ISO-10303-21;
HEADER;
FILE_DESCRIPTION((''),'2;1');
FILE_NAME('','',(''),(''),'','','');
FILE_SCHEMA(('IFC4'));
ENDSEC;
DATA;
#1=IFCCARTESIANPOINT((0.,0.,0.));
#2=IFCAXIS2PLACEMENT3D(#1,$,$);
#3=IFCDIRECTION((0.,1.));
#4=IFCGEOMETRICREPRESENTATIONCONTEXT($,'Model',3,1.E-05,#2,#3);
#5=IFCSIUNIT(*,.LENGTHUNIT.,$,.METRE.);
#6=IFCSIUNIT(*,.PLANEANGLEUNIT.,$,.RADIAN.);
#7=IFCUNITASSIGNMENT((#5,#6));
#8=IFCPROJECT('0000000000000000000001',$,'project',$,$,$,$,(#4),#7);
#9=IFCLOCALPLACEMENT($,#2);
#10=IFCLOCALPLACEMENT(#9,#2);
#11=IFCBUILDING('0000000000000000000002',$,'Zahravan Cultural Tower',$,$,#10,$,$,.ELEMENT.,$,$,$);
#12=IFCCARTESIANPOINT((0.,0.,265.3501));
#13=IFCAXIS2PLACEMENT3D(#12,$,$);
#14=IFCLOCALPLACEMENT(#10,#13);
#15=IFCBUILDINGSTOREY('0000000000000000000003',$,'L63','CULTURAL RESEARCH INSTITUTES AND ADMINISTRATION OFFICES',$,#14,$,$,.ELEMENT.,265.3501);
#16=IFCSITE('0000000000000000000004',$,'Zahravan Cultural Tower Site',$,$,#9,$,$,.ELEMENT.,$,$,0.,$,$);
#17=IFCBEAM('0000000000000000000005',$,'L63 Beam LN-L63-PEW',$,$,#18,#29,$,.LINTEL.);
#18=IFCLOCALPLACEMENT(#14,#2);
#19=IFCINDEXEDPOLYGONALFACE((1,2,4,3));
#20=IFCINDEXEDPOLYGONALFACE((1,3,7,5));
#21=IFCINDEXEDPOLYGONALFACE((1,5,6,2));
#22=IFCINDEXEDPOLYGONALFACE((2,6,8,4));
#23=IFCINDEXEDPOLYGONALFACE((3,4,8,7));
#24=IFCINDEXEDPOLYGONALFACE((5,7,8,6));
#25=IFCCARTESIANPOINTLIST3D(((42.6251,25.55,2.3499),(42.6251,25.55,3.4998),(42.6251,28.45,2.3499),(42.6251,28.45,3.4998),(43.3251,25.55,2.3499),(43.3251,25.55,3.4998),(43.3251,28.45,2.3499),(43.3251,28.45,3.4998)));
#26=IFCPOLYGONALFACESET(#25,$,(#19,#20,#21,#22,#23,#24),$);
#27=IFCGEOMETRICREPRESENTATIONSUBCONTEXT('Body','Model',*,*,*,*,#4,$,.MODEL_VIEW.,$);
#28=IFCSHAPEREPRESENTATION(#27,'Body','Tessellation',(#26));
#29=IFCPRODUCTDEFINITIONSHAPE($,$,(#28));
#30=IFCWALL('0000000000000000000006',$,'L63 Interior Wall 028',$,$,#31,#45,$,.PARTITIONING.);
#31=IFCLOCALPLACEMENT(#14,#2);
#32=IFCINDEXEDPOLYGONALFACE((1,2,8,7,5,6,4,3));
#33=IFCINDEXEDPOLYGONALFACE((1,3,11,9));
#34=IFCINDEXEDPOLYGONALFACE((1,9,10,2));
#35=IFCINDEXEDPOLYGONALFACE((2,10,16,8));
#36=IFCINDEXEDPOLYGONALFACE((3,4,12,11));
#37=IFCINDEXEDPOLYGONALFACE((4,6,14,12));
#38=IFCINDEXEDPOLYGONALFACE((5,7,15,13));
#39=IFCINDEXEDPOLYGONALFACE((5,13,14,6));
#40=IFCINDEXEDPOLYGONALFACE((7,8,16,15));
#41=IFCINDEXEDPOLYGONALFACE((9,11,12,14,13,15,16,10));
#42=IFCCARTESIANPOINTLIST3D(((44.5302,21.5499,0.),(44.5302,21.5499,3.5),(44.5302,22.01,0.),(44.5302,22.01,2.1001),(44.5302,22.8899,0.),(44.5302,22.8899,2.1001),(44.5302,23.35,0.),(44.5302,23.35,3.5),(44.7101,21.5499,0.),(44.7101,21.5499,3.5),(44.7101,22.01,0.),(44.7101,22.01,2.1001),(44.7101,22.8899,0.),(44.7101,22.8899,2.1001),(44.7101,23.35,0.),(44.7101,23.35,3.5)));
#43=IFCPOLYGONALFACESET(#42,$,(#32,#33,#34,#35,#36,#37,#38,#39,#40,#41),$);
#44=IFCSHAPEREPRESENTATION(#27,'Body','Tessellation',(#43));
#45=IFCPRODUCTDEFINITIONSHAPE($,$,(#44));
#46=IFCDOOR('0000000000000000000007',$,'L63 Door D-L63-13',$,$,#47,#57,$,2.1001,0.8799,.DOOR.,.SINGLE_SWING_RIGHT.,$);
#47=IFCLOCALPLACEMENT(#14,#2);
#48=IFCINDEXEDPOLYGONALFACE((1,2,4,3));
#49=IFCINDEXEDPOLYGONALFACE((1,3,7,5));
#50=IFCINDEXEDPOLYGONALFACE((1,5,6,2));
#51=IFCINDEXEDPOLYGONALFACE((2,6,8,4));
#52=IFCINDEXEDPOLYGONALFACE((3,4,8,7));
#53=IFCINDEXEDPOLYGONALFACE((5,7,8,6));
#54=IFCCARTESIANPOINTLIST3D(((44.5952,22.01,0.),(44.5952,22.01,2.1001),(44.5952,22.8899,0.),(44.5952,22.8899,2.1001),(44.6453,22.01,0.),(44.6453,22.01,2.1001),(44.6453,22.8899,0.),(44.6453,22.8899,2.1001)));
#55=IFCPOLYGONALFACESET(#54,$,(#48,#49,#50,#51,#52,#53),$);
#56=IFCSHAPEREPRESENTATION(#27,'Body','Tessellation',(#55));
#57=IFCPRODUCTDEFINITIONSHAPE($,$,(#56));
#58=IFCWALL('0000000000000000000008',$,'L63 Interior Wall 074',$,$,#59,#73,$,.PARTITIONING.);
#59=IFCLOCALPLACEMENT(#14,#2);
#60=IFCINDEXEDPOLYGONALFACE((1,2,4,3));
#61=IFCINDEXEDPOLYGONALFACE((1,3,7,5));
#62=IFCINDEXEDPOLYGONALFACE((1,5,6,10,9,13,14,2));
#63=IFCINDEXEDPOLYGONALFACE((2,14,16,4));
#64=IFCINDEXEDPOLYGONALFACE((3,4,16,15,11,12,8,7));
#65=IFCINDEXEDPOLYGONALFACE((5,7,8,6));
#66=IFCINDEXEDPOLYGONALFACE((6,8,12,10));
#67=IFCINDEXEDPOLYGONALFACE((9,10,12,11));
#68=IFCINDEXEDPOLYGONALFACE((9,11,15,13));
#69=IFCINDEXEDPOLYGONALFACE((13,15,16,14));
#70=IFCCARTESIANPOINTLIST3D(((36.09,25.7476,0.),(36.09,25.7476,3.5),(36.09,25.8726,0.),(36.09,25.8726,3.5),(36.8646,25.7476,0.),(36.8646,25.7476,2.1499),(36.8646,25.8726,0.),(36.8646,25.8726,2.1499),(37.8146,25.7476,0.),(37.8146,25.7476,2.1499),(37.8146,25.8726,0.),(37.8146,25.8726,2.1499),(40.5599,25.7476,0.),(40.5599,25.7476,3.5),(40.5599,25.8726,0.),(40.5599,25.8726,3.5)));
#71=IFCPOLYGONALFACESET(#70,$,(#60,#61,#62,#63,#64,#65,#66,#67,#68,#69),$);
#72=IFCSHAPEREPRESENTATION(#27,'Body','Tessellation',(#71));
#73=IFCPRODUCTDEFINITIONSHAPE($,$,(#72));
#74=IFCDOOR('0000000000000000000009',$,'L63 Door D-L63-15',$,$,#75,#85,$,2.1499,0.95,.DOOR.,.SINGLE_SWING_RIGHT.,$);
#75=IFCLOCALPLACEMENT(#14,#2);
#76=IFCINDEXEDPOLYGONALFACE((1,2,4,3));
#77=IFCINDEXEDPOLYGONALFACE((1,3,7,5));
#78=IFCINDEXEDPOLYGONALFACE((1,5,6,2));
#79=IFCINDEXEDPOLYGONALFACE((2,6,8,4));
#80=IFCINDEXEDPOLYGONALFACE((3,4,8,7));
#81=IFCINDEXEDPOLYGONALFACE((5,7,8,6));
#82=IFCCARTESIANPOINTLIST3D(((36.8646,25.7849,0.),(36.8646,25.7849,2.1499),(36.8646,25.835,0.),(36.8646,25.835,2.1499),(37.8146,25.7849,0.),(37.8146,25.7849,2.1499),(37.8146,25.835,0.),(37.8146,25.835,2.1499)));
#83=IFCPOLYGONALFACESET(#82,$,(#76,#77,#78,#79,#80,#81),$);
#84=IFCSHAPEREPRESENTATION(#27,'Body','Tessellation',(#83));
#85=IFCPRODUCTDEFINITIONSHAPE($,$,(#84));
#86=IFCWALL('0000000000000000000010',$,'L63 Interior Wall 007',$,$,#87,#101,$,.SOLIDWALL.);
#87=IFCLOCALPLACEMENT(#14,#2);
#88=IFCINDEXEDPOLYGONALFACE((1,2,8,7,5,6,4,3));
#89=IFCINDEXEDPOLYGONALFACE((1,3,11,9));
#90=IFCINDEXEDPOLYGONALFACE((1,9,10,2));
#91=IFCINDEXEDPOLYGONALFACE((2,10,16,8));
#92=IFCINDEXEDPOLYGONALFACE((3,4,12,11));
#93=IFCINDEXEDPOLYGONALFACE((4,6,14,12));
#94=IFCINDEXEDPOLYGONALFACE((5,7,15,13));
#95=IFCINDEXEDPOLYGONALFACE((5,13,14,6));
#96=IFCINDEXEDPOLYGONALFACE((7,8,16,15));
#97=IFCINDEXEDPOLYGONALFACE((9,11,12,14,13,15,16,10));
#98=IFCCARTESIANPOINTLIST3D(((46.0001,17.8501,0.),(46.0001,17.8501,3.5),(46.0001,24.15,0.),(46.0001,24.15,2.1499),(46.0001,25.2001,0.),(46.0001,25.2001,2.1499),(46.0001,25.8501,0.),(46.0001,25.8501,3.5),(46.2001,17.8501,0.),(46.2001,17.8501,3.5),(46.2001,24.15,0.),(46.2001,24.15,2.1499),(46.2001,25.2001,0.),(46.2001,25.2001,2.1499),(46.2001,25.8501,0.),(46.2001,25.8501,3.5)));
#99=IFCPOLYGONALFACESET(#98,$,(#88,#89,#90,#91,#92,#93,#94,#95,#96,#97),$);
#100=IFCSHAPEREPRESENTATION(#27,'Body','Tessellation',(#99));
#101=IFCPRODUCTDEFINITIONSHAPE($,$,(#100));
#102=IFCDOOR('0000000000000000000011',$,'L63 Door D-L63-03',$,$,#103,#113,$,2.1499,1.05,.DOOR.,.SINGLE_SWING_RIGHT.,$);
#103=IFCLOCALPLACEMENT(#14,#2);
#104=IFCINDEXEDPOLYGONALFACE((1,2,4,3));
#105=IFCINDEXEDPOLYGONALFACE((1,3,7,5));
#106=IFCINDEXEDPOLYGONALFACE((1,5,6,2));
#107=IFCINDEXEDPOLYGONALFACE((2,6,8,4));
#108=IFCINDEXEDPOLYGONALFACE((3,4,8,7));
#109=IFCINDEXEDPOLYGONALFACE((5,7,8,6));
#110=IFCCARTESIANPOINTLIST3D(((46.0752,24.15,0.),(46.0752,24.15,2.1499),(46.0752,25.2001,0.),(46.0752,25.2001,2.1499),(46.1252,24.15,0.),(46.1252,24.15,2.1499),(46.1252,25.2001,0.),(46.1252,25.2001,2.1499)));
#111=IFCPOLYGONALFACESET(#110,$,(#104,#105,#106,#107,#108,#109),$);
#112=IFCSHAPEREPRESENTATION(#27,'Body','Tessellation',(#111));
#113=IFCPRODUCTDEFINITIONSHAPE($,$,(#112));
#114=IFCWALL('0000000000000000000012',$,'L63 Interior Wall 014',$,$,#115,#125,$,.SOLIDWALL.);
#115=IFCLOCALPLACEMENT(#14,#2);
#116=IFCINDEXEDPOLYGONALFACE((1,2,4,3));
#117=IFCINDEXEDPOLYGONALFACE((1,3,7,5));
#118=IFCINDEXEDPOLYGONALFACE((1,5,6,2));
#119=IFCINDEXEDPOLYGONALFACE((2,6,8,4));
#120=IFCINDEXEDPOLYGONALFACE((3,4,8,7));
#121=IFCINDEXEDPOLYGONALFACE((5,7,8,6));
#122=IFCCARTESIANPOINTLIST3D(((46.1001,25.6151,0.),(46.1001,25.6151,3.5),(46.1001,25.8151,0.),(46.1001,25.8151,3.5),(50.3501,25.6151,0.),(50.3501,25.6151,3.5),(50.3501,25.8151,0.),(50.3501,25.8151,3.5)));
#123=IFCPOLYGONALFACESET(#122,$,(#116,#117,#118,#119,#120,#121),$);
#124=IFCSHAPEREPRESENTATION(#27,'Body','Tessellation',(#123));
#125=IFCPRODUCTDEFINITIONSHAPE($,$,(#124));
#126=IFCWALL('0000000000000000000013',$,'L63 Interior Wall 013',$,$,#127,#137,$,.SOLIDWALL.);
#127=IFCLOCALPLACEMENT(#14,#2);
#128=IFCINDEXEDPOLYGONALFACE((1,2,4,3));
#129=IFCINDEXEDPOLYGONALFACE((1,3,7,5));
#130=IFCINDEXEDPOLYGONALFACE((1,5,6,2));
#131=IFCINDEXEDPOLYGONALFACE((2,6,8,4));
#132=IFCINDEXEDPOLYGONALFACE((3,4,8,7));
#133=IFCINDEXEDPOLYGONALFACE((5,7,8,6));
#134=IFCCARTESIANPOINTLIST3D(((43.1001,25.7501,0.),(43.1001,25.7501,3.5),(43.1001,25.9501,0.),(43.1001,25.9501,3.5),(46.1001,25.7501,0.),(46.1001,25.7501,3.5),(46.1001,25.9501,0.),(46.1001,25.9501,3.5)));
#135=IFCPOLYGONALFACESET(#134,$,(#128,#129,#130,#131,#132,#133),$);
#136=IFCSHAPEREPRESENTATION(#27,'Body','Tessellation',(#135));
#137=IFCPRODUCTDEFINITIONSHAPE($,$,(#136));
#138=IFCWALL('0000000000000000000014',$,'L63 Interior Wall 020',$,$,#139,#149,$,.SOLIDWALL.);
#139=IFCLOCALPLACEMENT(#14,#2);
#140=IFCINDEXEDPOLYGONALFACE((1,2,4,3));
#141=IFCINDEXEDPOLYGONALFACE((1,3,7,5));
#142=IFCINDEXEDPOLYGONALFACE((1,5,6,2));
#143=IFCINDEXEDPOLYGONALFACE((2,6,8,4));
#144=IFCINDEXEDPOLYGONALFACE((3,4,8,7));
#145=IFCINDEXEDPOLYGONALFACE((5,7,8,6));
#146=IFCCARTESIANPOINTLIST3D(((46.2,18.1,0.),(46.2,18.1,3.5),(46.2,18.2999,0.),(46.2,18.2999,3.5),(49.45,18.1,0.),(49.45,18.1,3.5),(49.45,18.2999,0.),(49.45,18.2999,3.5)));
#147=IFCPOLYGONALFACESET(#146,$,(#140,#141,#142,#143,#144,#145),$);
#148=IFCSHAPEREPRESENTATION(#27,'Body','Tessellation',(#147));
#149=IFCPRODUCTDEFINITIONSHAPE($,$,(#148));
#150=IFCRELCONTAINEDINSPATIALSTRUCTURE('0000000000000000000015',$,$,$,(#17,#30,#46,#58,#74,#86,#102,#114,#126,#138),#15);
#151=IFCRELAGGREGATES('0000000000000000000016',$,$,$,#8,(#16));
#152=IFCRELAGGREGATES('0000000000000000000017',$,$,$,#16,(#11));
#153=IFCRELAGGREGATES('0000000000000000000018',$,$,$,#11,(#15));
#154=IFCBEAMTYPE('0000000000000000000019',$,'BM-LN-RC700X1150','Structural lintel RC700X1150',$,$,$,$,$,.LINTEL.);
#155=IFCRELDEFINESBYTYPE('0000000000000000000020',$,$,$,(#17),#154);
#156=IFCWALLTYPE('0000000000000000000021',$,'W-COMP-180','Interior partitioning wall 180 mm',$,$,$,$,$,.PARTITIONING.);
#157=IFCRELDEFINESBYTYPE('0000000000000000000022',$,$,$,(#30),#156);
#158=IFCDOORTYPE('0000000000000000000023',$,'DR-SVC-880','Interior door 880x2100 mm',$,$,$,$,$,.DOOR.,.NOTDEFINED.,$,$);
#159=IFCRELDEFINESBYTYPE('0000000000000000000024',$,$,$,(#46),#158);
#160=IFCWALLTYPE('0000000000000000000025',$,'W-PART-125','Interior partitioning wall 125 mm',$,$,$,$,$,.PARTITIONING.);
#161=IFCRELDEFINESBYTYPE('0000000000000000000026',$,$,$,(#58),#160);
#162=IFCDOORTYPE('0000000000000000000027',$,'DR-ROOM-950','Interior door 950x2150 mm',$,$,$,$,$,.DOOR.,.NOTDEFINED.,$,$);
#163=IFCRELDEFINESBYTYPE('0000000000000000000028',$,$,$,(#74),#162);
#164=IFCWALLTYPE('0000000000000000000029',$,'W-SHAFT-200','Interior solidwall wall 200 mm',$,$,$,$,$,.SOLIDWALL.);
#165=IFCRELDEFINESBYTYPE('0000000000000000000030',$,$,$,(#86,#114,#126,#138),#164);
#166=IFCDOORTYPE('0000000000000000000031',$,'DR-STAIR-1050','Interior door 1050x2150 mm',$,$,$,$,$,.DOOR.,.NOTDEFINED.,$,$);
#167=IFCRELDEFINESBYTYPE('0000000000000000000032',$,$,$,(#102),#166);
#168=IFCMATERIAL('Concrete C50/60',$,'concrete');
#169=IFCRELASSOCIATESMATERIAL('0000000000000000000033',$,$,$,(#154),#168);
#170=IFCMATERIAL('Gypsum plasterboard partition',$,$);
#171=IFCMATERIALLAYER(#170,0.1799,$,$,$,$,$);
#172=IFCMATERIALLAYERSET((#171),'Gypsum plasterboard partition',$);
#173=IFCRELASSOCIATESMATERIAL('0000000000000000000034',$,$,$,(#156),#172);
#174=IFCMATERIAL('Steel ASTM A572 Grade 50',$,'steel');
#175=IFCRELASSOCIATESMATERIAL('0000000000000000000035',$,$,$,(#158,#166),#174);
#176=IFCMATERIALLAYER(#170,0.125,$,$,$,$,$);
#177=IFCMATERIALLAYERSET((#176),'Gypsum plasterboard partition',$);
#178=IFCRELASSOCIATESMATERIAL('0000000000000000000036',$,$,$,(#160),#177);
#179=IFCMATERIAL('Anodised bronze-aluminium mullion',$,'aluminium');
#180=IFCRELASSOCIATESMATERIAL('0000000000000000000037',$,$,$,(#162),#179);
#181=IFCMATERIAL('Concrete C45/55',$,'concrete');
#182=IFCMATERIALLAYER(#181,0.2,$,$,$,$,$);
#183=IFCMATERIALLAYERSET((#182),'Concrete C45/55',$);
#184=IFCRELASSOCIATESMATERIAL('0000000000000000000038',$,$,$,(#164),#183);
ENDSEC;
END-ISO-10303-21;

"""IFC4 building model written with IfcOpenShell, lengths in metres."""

from ifc_helpers import new_model, si_unit, direction, frame, frame_2d, origin, origin_2d, place, context, subcontext, project, spatial, rectangle, extrude, source, transform, mapped, material, layer, layer_set, material_profile, profile_set, type_object, element, fill, save


model = new_model("IFC4")

# Units and contexts
model_context = context("Model", 3, precision=1e-05, world=origin(), true_north=direction((0.0, 1.0)))
body_context = subcontext(model_context, "Body", "Model", "MODEL_VIEW")
ifc_project = project(units=[si_unit("LENGTHUNIT", "METRE"), si_unit("PLANEANGLEUNIT", "RADIAN")], contexts=[model_context])

# Site, building, storey
site_placement = place(None, origin())
site = spatial("IfcSite", under=ifc_project, at=site_placement, Name="Zahravan Cultural Tower Site", CompositionType="ELEMENT", RefElevation=0.0)
building_placement = place(site_placement, origin())
building = spatial("IfcBuilding", under=site, at=building_placement, Name="Zahravan Cultural Tower", CompositionType="ELEMENT")
storey_placement = place(building_placement, frame((0.0, 0.0, 265.3501)))
storey = spatial("IfcBuildingStorey", under=building, at=storey_placement, Name="L63", Description="CULTURAL RESEARCH INSTITUTES AND ADMINISTRATION OFFICES", CompositionType="ELEMENT", Elevation=265.3501)

# Beam
ifc_material_1 = material(Name="Concrete C50/60", Category="concrete")
ifc_material_profile = material_profile(ifc_material_1, rectangle(XDim=0.7, YDim=1.1499, at=origin_2d()), Name="RC700X1150")
ifc_profile_set = profile_set([ifc_material_profile], Name="Concrete C50/60")
beam_type = type_object("IfcBeamType", Name="BM-LN-RC700X1150", Description="Structural lintel RC700X1150", PredefinedType="LINTEL", material=ifc_profile_set)
shared_shape_1 = source(origin(), body_context, "Body", "SweptSolid", [
    extrude(rectangle(XDim=0.7, YDim=1.1499, at=origin_2d()), origin(), (0.0, 0.0, 1.0), 2.8999),
])
beam_placement = place(storey_placement, frame((42.9751, 25.55, 2.9248), z_axis=(0.0, 1.0, 0.0), x_axis=(-1.0, 0.0, 0.0)))
element("IfcBeam", 1, at=beam_placement, inside=storey, type_object=beam_type, Name="L63 Beam LN-L63-PEW", PredefinedType="LINTEL", context=body_context, shape_type="MappedRepresentation", body=[
    mapped(shared_shape_1, transform((0.0, 0.0, 0.0), x_axis=(1.0, 0.0, 0.0), y_axis=(0.0, 1.0, 0.0), z_axis=(0.0, 0.0, 1.0), scale=1.0)),
])

# Walls, openings, doors
ifc_material_2 = material(Name="Gypsum plasterboard partition")
ifc_layer_1 = layer(ifc_material_2, 0.1799)
ifc_layer_set_1 = layer_set([ifc_layer_1], Name="Gypsum plasterboard partition")
wall_type_1 = type_object("IfcWallType", Name="W-COMP-180", Description="Interior partitioning wall 180 mm", PredefinedType="PARTITIONING", material=ifc_layer_set_1)
wall_1_placement = place(storey_placement, frame((44.6201, 21.55, 0.0), z_axis=(0.0, 0.0, 1.0), x_axis=(0.0, 1.0, 0.0)))
wall_1 = element("IfcWall", 2, at=wall_1_placement, inside=storey, type_object=wall_type_1, Name="L63 Interior Wall 028", PredefinedType="PARTITIONING", context=body_context, shape_type="SweptSolid", body=[
    extrude(rectangle(XDim=1.8, YDim=0.1799, at=frame_2d((0.8999, 0.0))), origin(), (0.0, 0.0, 1.0), 3.5),
])
opening_1_placement = place(wall_1_placement, frame((0.46, 0.0, 0.0)))
opening_1 = element("IfcOpeningElement", 3, at=opening_1_placement, cuts=wall_1, PredefinedType="OPENING", context=body_context, shape_type="SweptSolid", body=[
    extrude(rectangle(XDim=0.8799, YDim=2.1001, at=frame_2d((0.4399, 1.05))), frame((0.0, 0.0999, 0.0), z_axis=(0.0, -1.0, 0.0), x_axis=(1.0, 0.0, 0.0)), (0.0, 0.0, 1.0), 0.2),
])
ifc_material_3 = material(Name="Steel ASTM A572 Grade 50", Category="steel")
door_type_1 = type_object("IfcDoorType", Name="DR-SVC-880", Description="Interior door 880x2100 mm", OperationType="NOTDEFINED", PredefinedType="DOOR", material=ifc_material_3)
shared_shape_2 = source(origin(), body_context, "Body", "SweptSolid", [
    extrude(rectangle(XDim=0.8799, YDim=2.1001, at=frame_2d((0.4399, 1.05))), frame((0.0, 0.0249, 0.0), z_axis=(0.0, -1.0, 0.0), x_axis=(1.0, 0.0, 0.0)), (0.0, 0.0, 1.0), 0.05),
])
door_1_placement = place(opening_1_placement, origin())
door_1 = element("IfcDoor", 4, at=door_1_placement, inside=storey, type_object=door_type_1, Name="L63 Door D-L63-13", OperationType="SINGLE_SWING_RIGHT", OverallHeight=2.1001, OverallWidth=0.8799, PredefinedType="DOOR", context=body_context, shape_type="MappedRepresentation", body=[
    mapped(shared_shape_2, transform((0.0, 0.0, 0.0), x_axis=(1.0, 0.0, 0.0), y_axis=(0.0, 1.0, 0.0), z_axis=(0.0, 0.0, 1.0), scale=1.0)),
])
fill(opening_1, door_1)
ifc_layer_2 = layer(ifc_material_2, 0.125)
ifc_layer_set_2 = layer_set([ifc_layer_2], Name="Gypsum plasterboard partition")
wall_type_2 = type_object("IfcWallType", Name="W-PART-125", Description="Interior partitioning wall 125 mm", PredefinedType="PARTITIONING", material=ifc_layer_set_2)
wall_2_placement = place(storey_placement, frame((36.0901, 25.8101, 0.0), z_axis=(0.0, 0.0, 1.0), x_axis=(1.0, 0.0, 0.0)))
wall_2 = element("IfcWall", 5, at=wall_2_placement, inside=storey, type_object=wall_type_2, Name="L63 Interior Wall 074", PredefinedType="PARTITIONING", context=body_context, shape_type="SweptSolid", body=[
    extrude(rectangle(XDim=4.47, YDim=0.125, at=frame_2d((2.2349, 0.0))), origin(), (0.0, 0.0, 1.0), 3.5),
])
opening_2_placement = place(wall_2_placement, frame((0.7744, 0.0, 0.0)))
opening_2 = element("IfcOpeningElement", 6, at=opening_2_placement, cuts=wall_2, PredefinedType="OPENING", context=body_context, shape_type="SweptSolid", body=[
    extrude(rectangle(XDim=0.95, YDim=2.1499, at=frame_2d((0.4751, 1.075))), frame((0.0, 0.0725, 0.0), z_axis=(0.0, -1.0, 0.0), x_axis=(1.0, 0.0, 0.0)), (0.0, 0.0, 1.0), 0.145),
])
ifc_material_4 = material(Name="Anodised bronze-aluminium mullion", Category="aluminium")
door_type_2 = type_object("IfcDoorType", Name="DR-ROOM-950", Description="Interior door 950x2150 mm", OperationType="NOTDEFINED", PredefinedType="DOOR", material=ifc_material_4)
shared_shape_3 = source(origin(), body_context, "Body", "SweptSolid", [
    extrude(rectangle(XDim=0.95, YDim=2.1499, at=frame_2d((0.4751, 1.075))), frame((0.0, 0.0249, 0.0), z_axis=(0.0, -1.0, 0.0), x_axis=(1.0, 0.0, 0.0)), (0.0, 0.0, 1.0), 0.05),
])
door_2_placement = place(opening_2_placement, origin())
door_2 = element("IfcDoor", 7, at=door_2_placement, inside=storey, type_object=door_type_2, Name="L63 Door D-L63-15", OperationType="SINGLE_SWING_RIGHT", OverallHeight=2.1499, OverallWidth=0.95, PredefinedType="DOOR", context=body_context, shape_type="MappedRepresentation", body=[
    mapped(shared_shape_3, transform((0.0, 0.0, 0.0), x_axis=(1.0, 0.0, 0.0), y_axis=(0.0, 1.0, 0.0), z_axis=(0.0, 0.0, 1.0), scale=1.0)),
])
fill(opening_2, door_2)
ifc_material_5 = material(Name="Concrete C45/55", Category="concrete")
ifc_layer_3 = layer(ifc_material_5, 0.2)
ifc_layer_set_3 = layer_set([ifc_layer_3], Name="Concrete C45/55")
wall_type_3 = type_object("IfcWallType", Name="W-SHAFT-200", Description="Interior solidwall wall 200 mm", PredefinedType="SOLIDWALL", material=ifc_layer_set_3)
wall_3_placement = place(storey_placement, frame((46.1001, 17.8501, 0.0), z_axis=(0.0, 0.0, 1.0), x_axis=(0.0, 1.0, 0.0)))
wall_3 = element("IfcWall", 8, at=wall_3_placement, inside=storey, type_object=wall_type_3, Name="L63 Interior Wall 007", PredefinedType="SOLIDWALL", context=body_context, shape_type="SweptSolid", body=[
    extrude(rectangle(XDim=8.0, YDim=0.2, at=frame_2d((4.0, 0.0))), origin(), (0.0, 0.0, 1.0), 3.5),
])
opening_3_placement = place(wall_3_placement, frame((6.3, 0.0, 0.0)))
opening_3 = element("IfcOpeningElement", 9, at=opening_3_placement, cuts=wall_3, PredefinedType="OPENING", context=body_context, shape_type="SweptSolid", body=[
    extrude(rectangle(XDim=1.05, YDim=2.1499, at=frame_2d((0.5249, 1.075))), frame((0.0, 0.1099, 0.0), z_axis=(0.0, -1.0, 0.0), x_axis=(1.0, 0.0, 0.0)), (0.0, 0.0, 1.0), 0.22),
])
door_type_3 = type_object("IfcDoorType", Name="DR-STAIR-1050", Description="Interior door 1050x2150 mm", OperationType="NOTDEFINED", PredefinedType="DOOR", material=ifc_material_3)
shared_shape_4 = source(origin(), body_context, "Body", "SweptSolid", [
    extrude(rectangle(XDim=1.05, YDim=2.1499, at=frame_2d((0.5249, 1.075))), frame((0.0, 0.0249, 0.0), z_axis=(0.0, -1.0, 0.0), x_axis=(1.0, 0.0, 0.0)), (0.0, 0.0, 1.0), 0.05),
])
door_3_placement = place(opening_3_placement, origin())
door_3 = element("IfcDoor", 10, at=door_3_placement, inside=storey, type_object=door_type_3, Name="L63 Door D-L63-03", OperationType="SINGLE_SWING_RIGHT", OverallHeight=2.1499, OverallWidth=1.05, PredefinedType="DOOR", context=body_context, shape_type="MappedRepresentation", body=[
    mapped(shared_shape_4, transform((0.0, 0.0, 0.0), x_axis=(1.0, 0.0, 0.0), y_axis=(0.0, 1.0, 0.0), z_axis=(0.0, 0.0, 1.0), scale=1.0)),
])
fill(opening_3, door_3)

# Walls
shared_shape_5 = source(origin(), body_context, "Body", "SweptSolid", [
    extrude(rectangle(XDim=4.25, YDim=0.2, at=frame_2d((2.125, 0.0))), origin(), (0.0, 0.0, 1.0), 3.5),
])
wall_4_placement = place(storey_placement, frame((46.1001, 25.7151, 0.0), z_axis=(0.0, 0.0, 1.0), x_axis=(1.0, 0.0, 0.0)))
element("IfcWall", 11, at=wall_4_placement, inside=storey, type_object=wall_type_3, Name="L63 Interior Wall 014", PredefinedType="SOLIDWALL", context=body_context, shape_type="MappedRepresentation", body=[
    mapped(shared_shape_5, transform((0.0, 0.0, 0.0), x_axis=(1.0, 0.0, 0.0), y_axis=(0.0, 1.0, 0.0), z_axis=(0.0, 0.0, 1.0), scale=1.0)),
])
shared_shape_6 = source(origin(), body_context, "Body", "SweptSolid", [
    extrude(rectangle(XDim=3.0, YDim=0.2, at=frame_2d((1.5, 0.0))), origin(), (0.0, 0.0, 1.0), 3.5),
])
wall_5_placement = place(storey_placement, frame((43.1001, 25.8501, 0.0), z_axis=(0.0, 0.0, 1.0), x_axis=(1.0, 0.0, 0.0)))
element("IfcWall", 12, at=wall_5_placement, inside=storey, type_object=wall_type_3, Name="L63 Interior Wall 013", PredefinedType="SOLIDWALL", context=body_context, shape_type="MappedRepresentation", body=[
    mapped(shared_shape_6, transform((0.0, 0.0, 0.0), x_axis=(1.0, 0.0, 0.0), y_axis=(0.0, 1.0, 0.0), z_axis=(0.0, 0.0, 1.0), scale=1.0)),
])
shared_shape_7 = source(origin(), body_context, "Body", "SweptSolid", [
    extrude(rectangle(XDim=3.25, YDim=0.2, at=frame_2d((1.625, 0.0))), origin(), (0.0, 0.0, 1.0), 3.5),
])
wall_6_placement = place(storey_placement, frame((46.2, 18.2, 0.0), z_axis=(0.0, 0.0, 1.0), x_axis=(1.0, 0.0, 0.0)))
element("IfcWall", 13, at=wall_6_placement, inside=storey, type_object=wall_type_3, Name="L63 Interior Wall 020", PredefinedType="SOLIDWALL", context=body_context, shape_type="MappedRepresentation", body=[
    mapped(shared_shape_7, transform((0.0, 0.0, 0.0), x_axis=(1.0, 0.0, 0.0), y_axis=(0.0, 1.0, 0.0), z_axis=(0.0, 0.0, 1.0), scale=1.0)),
])

save(model, "model.ifc")
